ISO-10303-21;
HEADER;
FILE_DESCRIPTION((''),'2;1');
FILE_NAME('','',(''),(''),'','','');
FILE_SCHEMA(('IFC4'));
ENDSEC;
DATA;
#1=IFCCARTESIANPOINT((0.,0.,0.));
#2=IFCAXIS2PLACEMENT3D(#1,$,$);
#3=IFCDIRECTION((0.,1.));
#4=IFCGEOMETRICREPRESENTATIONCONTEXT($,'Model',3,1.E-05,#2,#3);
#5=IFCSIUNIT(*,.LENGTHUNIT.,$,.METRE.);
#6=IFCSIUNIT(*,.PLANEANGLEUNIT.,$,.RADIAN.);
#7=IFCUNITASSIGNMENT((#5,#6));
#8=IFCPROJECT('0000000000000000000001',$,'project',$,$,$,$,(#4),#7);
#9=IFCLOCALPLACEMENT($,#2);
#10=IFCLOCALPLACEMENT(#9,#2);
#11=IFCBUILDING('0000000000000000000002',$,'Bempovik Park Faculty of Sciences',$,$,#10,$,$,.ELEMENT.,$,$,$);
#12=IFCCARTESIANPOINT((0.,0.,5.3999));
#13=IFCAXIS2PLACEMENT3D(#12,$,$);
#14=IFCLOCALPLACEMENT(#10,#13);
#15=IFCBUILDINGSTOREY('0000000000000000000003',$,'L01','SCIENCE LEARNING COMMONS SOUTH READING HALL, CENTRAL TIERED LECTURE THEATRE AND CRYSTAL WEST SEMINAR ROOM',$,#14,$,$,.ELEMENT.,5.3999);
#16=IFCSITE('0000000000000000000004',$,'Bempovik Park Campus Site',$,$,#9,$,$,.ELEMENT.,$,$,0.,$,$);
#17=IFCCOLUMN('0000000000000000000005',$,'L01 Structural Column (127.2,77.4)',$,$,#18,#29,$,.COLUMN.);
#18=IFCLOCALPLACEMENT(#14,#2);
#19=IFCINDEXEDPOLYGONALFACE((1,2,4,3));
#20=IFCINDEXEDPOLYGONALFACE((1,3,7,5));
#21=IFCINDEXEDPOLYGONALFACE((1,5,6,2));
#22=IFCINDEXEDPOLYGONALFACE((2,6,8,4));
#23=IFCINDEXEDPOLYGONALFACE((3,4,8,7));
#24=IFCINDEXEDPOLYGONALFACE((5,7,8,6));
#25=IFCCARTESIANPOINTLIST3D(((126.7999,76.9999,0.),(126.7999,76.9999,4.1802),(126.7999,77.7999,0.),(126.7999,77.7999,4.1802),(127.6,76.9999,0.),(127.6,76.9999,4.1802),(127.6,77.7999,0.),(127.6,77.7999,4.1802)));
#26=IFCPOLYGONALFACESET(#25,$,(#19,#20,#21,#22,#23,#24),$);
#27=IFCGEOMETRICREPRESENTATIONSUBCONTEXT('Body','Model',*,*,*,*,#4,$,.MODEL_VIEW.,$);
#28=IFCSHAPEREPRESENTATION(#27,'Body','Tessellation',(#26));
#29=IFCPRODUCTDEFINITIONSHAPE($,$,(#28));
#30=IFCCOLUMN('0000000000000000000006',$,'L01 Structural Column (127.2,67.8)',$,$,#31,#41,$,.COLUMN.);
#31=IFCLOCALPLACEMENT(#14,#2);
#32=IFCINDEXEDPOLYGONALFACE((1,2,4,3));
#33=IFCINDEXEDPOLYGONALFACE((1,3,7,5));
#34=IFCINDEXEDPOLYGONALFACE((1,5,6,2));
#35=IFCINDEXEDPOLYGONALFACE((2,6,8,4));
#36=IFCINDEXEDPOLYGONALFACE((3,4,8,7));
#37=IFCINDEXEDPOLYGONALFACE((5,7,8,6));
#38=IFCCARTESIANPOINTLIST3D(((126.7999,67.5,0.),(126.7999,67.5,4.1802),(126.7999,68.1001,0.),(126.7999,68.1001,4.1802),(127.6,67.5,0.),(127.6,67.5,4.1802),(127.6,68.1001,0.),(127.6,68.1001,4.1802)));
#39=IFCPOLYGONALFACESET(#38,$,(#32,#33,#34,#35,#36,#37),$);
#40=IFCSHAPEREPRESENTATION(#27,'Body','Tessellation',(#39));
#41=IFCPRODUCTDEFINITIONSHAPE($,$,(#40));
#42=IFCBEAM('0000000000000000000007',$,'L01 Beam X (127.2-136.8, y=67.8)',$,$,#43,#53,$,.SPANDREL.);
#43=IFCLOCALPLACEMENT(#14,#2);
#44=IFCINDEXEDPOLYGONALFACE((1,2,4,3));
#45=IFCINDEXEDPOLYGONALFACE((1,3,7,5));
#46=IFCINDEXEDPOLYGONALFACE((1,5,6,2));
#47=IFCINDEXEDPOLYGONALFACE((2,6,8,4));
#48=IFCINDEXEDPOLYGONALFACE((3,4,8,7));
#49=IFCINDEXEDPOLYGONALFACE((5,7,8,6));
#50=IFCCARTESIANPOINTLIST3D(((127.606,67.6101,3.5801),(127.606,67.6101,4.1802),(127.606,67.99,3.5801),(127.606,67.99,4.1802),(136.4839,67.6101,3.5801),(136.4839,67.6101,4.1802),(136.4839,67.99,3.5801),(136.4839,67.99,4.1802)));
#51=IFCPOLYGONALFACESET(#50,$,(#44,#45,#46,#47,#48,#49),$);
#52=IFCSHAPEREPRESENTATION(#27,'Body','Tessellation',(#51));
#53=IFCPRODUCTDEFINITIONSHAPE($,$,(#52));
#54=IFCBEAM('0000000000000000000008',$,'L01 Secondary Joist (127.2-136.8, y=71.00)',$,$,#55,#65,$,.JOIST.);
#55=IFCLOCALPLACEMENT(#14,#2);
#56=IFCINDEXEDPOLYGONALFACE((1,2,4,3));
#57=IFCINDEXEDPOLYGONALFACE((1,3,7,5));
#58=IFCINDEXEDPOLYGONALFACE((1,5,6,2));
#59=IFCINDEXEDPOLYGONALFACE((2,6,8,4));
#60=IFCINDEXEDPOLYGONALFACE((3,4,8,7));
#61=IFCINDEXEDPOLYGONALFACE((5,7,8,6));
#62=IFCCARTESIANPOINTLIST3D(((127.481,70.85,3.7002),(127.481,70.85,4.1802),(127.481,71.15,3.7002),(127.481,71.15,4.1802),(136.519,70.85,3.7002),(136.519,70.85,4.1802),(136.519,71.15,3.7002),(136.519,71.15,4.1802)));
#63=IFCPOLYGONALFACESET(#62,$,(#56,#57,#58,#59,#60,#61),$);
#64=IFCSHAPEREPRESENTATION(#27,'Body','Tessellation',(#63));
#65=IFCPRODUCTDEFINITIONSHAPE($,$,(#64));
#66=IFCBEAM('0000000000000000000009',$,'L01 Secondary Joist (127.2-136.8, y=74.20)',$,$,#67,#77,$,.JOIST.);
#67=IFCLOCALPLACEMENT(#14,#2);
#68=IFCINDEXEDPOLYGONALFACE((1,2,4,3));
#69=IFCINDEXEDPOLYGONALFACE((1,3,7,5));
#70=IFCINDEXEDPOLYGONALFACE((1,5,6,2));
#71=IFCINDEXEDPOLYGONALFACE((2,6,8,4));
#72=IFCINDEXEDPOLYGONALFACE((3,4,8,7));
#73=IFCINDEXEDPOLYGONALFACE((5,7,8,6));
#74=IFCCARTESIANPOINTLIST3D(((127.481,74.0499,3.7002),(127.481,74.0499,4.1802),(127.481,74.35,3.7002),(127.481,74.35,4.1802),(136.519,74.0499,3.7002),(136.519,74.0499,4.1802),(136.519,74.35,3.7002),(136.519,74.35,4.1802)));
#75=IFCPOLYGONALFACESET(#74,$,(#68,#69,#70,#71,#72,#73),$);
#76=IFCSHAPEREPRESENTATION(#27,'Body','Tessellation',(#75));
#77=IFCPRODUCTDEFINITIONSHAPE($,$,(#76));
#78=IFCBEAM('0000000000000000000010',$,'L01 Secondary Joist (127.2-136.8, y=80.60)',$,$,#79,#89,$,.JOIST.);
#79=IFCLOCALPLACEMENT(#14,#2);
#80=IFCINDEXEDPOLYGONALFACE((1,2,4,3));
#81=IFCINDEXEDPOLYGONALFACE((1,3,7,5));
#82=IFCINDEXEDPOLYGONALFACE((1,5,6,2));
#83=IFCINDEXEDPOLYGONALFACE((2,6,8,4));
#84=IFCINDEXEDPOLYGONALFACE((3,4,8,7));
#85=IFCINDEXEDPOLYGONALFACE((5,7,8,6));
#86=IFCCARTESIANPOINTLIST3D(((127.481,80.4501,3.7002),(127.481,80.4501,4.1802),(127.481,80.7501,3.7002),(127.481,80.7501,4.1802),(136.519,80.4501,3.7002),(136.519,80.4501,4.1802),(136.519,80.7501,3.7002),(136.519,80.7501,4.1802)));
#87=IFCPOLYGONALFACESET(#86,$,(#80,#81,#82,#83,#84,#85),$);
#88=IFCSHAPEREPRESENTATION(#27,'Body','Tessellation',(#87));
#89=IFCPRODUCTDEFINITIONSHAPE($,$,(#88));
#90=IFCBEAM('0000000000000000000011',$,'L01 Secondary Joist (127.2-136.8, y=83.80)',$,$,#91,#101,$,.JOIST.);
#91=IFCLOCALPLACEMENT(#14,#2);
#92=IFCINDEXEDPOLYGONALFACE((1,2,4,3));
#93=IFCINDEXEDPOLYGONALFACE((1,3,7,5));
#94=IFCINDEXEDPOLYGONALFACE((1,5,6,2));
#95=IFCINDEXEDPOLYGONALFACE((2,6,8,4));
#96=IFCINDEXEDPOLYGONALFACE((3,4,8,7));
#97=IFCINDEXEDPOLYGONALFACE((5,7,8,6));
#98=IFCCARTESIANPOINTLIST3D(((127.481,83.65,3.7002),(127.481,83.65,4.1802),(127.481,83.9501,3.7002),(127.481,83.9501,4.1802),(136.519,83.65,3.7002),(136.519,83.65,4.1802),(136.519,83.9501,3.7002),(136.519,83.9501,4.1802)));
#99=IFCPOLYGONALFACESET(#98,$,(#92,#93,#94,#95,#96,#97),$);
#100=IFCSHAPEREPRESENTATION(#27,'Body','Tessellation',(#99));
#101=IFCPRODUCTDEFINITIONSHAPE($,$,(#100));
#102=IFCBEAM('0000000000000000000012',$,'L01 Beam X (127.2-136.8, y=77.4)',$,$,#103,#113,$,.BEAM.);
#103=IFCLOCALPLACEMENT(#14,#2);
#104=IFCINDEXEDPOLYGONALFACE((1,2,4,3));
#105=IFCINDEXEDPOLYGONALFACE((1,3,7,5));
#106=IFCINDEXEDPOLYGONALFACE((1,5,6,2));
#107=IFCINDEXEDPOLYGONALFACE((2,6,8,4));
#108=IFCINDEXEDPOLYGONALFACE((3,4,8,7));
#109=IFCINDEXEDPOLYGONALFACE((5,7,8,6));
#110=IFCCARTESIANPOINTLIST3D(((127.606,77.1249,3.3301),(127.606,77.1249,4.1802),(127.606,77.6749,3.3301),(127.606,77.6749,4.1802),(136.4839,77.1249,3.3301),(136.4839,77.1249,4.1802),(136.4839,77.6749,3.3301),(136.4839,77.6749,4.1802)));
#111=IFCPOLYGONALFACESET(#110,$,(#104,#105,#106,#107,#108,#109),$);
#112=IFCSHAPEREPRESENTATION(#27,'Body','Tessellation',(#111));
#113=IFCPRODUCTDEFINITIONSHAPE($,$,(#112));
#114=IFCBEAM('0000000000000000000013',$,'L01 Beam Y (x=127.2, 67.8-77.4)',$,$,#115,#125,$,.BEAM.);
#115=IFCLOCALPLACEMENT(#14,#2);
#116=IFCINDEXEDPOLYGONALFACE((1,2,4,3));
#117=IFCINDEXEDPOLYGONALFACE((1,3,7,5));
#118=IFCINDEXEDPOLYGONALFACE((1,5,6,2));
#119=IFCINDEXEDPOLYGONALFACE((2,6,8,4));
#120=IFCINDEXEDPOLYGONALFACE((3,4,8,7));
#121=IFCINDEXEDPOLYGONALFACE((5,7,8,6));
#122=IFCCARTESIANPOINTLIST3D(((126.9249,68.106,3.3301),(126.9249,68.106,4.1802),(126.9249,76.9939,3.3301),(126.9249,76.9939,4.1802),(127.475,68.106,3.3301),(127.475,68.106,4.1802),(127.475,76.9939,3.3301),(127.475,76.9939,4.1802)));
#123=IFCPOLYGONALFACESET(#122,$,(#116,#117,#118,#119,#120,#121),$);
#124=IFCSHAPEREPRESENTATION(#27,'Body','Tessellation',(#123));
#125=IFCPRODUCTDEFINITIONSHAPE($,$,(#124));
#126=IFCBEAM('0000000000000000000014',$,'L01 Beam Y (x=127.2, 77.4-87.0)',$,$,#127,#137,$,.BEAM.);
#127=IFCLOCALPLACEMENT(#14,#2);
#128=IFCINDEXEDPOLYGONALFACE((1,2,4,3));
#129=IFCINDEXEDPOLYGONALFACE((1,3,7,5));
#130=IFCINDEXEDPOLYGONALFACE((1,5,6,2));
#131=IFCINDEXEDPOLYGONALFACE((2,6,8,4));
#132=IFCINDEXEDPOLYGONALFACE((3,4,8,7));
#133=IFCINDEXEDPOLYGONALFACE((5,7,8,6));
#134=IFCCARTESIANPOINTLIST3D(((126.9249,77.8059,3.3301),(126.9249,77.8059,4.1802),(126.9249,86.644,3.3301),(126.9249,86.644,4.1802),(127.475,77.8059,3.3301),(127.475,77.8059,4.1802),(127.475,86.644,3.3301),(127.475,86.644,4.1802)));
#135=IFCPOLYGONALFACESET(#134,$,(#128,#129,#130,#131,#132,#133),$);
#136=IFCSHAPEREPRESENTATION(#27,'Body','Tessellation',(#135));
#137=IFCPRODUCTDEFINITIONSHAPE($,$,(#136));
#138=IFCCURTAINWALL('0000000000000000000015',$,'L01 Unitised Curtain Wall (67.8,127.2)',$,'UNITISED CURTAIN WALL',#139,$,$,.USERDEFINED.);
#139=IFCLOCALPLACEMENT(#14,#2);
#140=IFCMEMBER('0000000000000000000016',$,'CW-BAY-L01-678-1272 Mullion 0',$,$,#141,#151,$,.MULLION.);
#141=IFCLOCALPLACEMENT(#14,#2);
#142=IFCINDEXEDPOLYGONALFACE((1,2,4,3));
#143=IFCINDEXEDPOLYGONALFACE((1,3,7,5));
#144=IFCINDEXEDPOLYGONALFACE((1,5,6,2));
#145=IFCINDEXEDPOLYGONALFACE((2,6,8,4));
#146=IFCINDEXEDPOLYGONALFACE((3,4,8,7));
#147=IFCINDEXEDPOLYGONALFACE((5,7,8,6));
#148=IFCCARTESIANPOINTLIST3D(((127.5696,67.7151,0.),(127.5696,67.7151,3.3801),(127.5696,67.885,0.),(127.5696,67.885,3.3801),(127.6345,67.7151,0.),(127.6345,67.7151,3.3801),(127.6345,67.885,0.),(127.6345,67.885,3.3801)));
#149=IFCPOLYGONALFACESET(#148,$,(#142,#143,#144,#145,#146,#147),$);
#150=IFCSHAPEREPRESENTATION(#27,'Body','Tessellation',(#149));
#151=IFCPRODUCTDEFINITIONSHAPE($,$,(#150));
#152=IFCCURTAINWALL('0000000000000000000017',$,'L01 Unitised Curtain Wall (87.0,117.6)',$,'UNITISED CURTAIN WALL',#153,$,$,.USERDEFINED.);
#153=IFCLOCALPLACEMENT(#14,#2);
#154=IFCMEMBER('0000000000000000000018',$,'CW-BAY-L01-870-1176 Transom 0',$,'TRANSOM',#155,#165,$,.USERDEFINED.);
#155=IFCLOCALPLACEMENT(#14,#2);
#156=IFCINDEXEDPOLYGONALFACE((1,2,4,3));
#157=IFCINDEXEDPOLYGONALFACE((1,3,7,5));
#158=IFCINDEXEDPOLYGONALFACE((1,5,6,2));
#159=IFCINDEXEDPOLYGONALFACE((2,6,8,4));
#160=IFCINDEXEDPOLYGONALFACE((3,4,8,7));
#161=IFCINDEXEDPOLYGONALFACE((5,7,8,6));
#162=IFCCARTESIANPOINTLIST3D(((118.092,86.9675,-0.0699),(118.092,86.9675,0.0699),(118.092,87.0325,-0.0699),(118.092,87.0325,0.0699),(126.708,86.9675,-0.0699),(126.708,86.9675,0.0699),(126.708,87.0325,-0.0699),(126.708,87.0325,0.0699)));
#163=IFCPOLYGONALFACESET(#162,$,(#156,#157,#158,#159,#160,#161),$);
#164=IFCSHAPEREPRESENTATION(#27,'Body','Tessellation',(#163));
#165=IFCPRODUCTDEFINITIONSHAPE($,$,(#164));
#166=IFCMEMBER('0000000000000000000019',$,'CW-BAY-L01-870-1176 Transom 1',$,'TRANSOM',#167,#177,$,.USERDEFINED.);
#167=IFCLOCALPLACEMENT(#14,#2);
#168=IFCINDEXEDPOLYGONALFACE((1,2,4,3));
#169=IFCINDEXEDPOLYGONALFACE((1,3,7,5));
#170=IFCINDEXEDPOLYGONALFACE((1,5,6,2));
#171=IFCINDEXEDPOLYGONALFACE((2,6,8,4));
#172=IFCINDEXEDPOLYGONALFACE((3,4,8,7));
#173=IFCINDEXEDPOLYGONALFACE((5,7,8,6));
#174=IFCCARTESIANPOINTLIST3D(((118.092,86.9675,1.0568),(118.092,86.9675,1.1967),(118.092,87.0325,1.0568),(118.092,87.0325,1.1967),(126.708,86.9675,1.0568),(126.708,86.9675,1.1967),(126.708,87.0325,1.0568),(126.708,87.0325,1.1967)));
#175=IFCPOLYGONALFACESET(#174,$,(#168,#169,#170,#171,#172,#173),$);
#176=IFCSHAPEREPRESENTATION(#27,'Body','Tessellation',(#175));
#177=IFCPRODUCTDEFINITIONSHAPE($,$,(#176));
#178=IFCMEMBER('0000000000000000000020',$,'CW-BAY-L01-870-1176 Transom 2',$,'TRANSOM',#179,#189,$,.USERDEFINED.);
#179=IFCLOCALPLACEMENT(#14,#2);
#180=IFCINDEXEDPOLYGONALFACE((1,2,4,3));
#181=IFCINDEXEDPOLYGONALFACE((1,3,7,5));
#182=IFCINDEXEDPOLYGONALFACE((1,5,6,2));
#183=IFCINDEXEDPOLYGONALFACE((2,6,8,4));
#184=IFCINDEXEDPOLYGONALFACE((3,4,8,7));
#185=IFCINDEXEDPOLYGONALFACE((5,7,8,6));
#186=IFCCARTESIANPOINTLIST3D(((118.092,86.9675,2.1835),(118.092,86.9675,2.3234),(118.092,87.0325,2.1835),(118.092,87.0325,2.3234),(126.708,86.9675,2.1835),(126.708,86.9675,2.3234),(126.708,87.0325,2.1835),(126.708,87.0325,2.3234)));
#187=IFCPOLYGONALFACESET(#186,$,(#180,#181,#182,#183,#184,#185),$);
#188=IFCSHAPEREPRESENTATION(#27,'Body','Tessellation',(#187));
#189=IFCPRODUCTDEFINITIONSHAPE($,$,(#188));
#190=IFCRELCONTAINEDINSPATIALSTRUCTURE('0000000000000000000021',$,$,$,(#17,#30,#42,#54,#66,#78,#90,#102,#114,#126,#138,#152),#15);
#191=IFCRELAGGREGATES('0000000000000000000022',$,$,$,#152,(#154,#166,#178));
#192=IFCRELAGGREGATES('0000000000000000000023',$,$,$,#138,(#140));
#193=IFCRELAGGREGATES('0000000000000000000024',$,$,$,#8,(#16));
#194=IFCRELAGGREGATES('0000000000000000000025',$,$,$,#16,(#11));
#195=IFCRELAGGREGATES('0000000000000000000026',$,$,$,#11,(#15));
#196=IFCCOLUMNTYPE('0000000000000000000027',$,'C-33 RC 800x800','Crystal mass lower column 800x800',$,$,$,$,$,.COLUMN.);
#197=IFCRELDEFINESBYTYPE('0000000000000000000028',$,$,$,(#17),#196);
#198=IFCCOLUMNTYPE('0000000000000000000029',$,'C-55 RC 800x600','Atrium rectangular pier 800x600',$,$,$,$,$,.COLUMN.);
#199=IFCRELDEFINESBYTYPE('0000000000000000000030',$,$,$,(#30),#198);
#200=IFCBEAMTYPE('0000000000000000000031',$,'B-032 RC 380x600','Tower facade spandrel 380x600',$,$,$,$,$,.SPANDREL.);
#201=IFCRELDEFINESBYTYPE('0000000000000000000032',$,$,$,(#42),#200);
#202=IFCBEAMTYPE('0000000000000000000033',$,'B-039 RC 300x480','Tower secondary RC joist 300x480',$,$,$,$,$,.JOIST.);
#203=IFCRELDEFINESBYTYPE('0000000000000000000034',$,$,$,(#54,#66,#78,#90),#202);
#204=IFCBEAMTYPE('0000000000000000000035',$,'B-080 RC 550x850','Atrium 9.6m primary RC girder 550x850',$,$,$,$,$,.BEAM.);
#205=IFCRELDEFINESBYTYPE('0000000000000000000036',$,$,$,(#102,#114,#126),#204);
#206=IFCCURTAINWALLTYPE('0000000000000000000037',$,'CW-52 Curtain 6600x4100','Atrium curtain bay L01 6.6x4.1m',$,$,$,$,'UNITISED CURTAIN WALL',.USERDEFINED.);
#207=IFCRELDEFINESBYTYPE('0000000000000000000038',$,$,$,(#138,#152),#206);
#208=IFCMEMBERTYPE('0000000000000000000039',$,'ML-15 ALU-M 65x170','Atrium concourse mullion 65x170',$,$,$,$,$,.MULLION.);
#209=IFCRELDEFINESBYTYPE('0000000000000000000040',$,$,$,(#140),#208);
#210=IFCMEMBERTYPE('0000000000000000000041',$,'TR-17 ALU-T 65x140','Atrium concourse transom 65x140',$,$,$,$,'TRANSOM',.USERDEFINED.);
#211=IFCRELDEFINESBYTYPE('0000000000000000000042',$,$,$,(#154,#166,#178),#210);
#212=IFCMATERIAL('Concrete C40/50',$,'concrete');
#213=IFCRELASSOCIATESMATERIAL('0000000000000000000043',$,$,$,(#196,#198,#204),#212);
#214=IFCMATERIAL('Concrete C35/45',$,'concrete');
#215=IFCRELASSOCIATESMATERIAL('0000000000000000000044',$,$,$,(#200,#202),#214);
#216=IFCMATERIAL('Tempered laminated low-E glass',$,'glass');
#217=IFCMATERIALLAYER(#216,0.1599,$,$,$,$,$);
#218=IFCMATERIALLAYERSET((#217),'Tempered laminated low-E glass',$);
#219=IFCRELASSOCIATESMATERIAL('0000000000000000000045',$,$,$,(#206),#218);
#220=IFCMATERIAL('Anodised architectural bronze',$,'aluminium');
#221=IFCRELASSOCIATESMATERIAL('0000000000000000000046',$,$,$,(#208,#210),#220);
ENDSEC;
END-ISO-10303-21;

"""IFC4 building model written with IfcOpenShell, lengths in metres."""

from ifc_helpers import new_model, si_unit, direction, frame, origin, origin_2d, place, context, subcontext, project, spatial, rectangle, extrude, material, layer, layer_set, material_profile, profile_set, type_object, element, aggregate, save


model = new_model("IFC4")

# Units and contexts
model_context = context("Model", 3, precision=1e-05, world=origin(), true_north=direction((0.0, 1.0)))
body_context = subcontext(model_context, "Body", "Model", "MODEL_VIEW")
ifc_project = project(units=[si_unit("LENGTHUNIT", "METRE"), si_unit("PLANEANGLEUNIT", "RADIAN")], contexts=[model_context])

# Site, building, storey
site_placement = place(None, origin())
site = spatial("IfcSite", under=ifc_project, at=site_placement, Name="Bempovik Park Campus Site", CompositionType="ELEMENT", RefElevation=0.0)
building_placement = place(site_placement, origin())
building = spatial("IfcBuilding", under=site, at=building_placement, Name="Bempovik Park Faculty of Sciences", CompositionType="ELEMENT")
storey_placement = place(building_placement, frame((0.0, 0.0, 5.3999)))
storey = spatial("IfcBuildingStorey", under=building, at=storey_placement, Name="L01", Description="SCIENCE LEARNING COMMONS SOUTH READING HALL, CENTRAL TIERED LECTURE THEATRE AND CRYSTAL WEST SEMINAR ROOM", CompositionType="ELEMENT", Elevation=5.3999)

# Columns
ifc_material_1 = material(Name="Concrete C40/50", Category="concrete")
ifc_material_profile_1 = material_profile(ifc_material_1, rectangle(XDim=0.8, YDim=0.8, at=origin_2d()), Name="RC 800x800")
ifc_profile_set_1 = profile_set([ifc_material_profile_1], Name="Concrete C40/50")
column_type_1 = type_object("IfcColumnType", Name="C-33 RC 800x800", Description="Crystal mass lower column 800x800", PredefinedType="COLUMN", material=ifc_profile_set_1)
column_1_placement = place(storey_placement, frame((127.2, 77.3999, 0.0), z_axis=(0.0, 0.0, 1.0), x_axis=(1.0, 0.0, 0.0)))
element("IfcColumn", 1, at=column_1_placement, inside=storey, type_object=column_type_1, Name="L01 Structural Column (127.2,77.4)", PredefinedType="COLUMN", context=body_context, shape_type="SweptSolid", body=[
    extrude(rectangle(XDim=0.8, YDim=0.8, at=origin_2d()), origin(), (0.0, 0.0, 1.0), 4.1802),
])
ifc_material_profile_2 = material_profile(ifc_material_1, rectangle(XDim=0.8, YDim=0.6001, at=origin_2d()), Name="RC 800x600")
ifc_profile_set_2 = profile_set([ifc_material_profile_2], Name="Concrete C40/50")
column_type_2 = type_object("IfcColumnType", Name="C-55 RC 800x600", Description="Atrium rectangular pier 800x600", PredefinedType="COLUMN", material=ifc_profile_set_2)
column_2_placement = place(storey_placement, frame((127.2, 67.8, 0.0), z_axis=(0.0, 0.0, 1.0), x_axis=(1.0, 0.0, 0.0)))
element("IfcColumn", 2, at=column_2_placement, inside=storey, type_object=column_type_2, Name="L01 Structural Column (127.2,67.8)", PredefinedType="COLUMN", context=body_context, shape_type="SweptSolid", body=[
    extrude(rectangle(XDim=0.8, YDim=0.6001, at=origin_2d()), origin(), (0.0, 0.0, 1.0), 4.1802),
])

# Beams
ifc_material_2 = material(Name="Concrete C35/45", Category="concrete")
ifc_material_profile_3 = material_profile(ifc_material_2, rectangle(XDim=0.3799, YDim=0.6001, at=origin_2d()), Name="RC 380x600")
ifc_profile_set_3 = profile_set([ifc_material_profile_3], Name="Concrete C35/45")
beam_type_1 = type_object("IfcBeamType", Name="B-032 RC 380x600", Description="Tower facade spandrel 380x600", PredefinedType="SPANDREL", material=ifc_profile_set_3)
beam_1_placement = place(storey_placement, frame((127.606, 67.8, 3.8801), z_axis=(1.0, 0.0, 0.0), x_axis=(0.0, 1.0, 0.0)))
element("IfcBeam", 3, at=beam_1_placement, inside=storey, type_object=beam_type_1, Name="L01 Beam X (127.2-136.8, y=67.8)", PredefinedType="SPANDREL", context=body_context, shape_type="SweptSolid", body=[
    extrude(rectangle(XDim=0.3799, YDim=0.6001, at=origin_2d()), origin(), (0.0, 0.0, 1.0), 8.8779),
])
ifc_material_profile_4 = material_profile(ifc_material_2, rectangle(XDim=0.3, YDim=0.48, at=origin_2d()), Name="RC 300x480")
ifc_profile_set_4 = profile_set([ifc_material_profile_4], Name="Concrete C35/45")
beam_type_2 = type_object("IfcBeamType", Name="B-039 RC 300x480", Description="Tower secondary RC joist 300x480", PredefinedType="JOIST", material=ifc_profile_set_4)
for number, where, z_axis, x_axis, name in (
    (4, (127.481, 71.0, 3.9402), (1.0, 0.0, 0.0), (0.0, 1.0, 0.0), "L01 Secondary Joist (127.2-136.8, y=71.00)"),
    (5, (127.481, 74.2, 3.9402), (1.0, 0.0, 0.0), (0.0, 1.0, 0.0), "L01 Secondary Joist (127.2-136.8, y=74.20)"),
    (6, (127.481, 80.6001, 3.9402), (1.0, 0.0, 0.0), (0.0, 1.0, 0.0), "L01 Secondary Joist (127.2-136.8, y=80.60)"),
    (7, (127.481, 83.8, 3.9402), (1.0, 0.0, 0.0), (0.0, 1.0, 0.0), "L01 Secondary Joist (127.2-136.8, y=83.80)"),
):
    element("IfcBeam", number, at=place(storey_placement, frame(where, z_axis=z_axis, x_axis=x_axis)), inside=storey, type_object=beam_type_2, Name=name, PredefinedType="JOIST", context=body_context, shape_type="SweptSolid", body=[
        extrude(rectangle(XDim=0.3, YDim=0.48, at=origin_2d()), origin(), (0.0, 0.0, 1.0), 9.0381),
    ])
ifc_material_profile_5 = material_profile(ifc_material_1, rectangle(XDim=0.55, YDim=0.8501, at=origin_2d()), Name="RC 550x850")
ifc_profile_set_5 = profile_set([ifc_material_profile_5], Name="Concrete C40/50")
beam_type_3 = type_object("IfcBeamType", Name="B-080 RC 550x850", Description="Atrium 9.6m primary RC girder 550x850", PredefinedType="BEAM", material=ifc_profile_set_5)
beam_2_placement = place(storey_placement, frame((127.606, 77.3999, 3.7551), z_axis=(1.0, 0.0, 0.0), x_axis=(0.0, 1.0, 0.0)))
element("IfcBeam", 8, at=beam_2_placement, inside=storey, type_object=beam_type_3, Name="L01 Beam X (127.2-136.8, y=77.4)", PredefinedType="BEAM", context=body_context, shape_type="SweptSolid", body=[
    extrude(rectangle(XDim=0.55, YDim=0.8501, at=origin_2d()), origin(), (0.0, 0.0, 1.0), 8.8779),
])
beam_3_placement = place(storey_placement, frame((127.2, 68.106, 3.7551), z_axis=(0.0, 1.0, 0.0), x_axis=(-1.0, 0.0, 0.0)))
element("IfcBeam", 9, at=beam_3_placement, inside=storey, type_object=beam_type_3, Name="L01 Beam Y (x=127.2, 67.8-77.4)", PredefinedType="BEAM", context=body_context, shape_type="SweptSolid", body=[
    extrude(rectangle(XDim=0.55, YDim=0.8501, at=origin_2d()), origin(), (0.0, 0.0, 1.0), 8.8879),
])
beam_4_placement = place(storey_placement, frame((127.2, 77.8059, 3.7551), z_axis=(0.0, 1.0, 0.0), x_axis=(-1.0, 0.0, 0.0)))
element("IfcBeam", 10, at=beam_4_placement, inside=storey, type_object=beam_type_3, Name="L01 Beam Y (x=127.2, 77.4-87.0)", PredefinedType="BEAM", context=body_context, shape_type="SweptSolid", body=[
    extrude(rectangle(XDim=0.55, YDim=0.8501, at=origin_2d()), origin(), (0.0, 0.0, 1.0), 8.8381),
])

# Curtain wall, member
ifc_material_3 = material(Name="Tempered laminated low-E glass", Category="glass")
ifc_layer_1 = layer(ifc_material_3, 0.1599)
ifc_layer_set_1 = layer_set([ifc_layer_1], Name="Tempered laminated low-E glass")
curtain_wall_type = type_object("IfcCurtainWallType", Name="CW-52 Curtain 6600x4100", Description="Atrium curtain bay L01 6.6x4.1m", ElementType="UNITISED CURTAIN WALL", PredefinedType="USERDEFINED", material=ifc_layer_set_1)
curtain_wall_1_placement = place(storey_placement, origin())
curtain_wall_1 = element("IfcCurtainWall", 11, at=curtain_wall_1_placement, inside=storey, type_object=curtain_wall_type, Name="L01 Unitised Curtain Wall (67.8,127.2)", ObjectType="UNITISED CURTAIN WALL", PredefinedType="USERDEFINED")
ifc_material_4 = material(Name="Anodised architectural bronze", Category="aluminium")
ifc_material_profile_6 = material_profile(ifc_material_4, rectangle(XDim=0.0649, YDim=0.1699, at=origin_2d()), Name="ALU-M 65x170")
ifc_profile_set_6 = profile_set([ifc_material_profile_6], Name="Anodised architectural bronze")
member_type_1 = type_object("IfcMemberType", Name="ML-15 ALU-M 65x170", Description="Atrium concourse mullion 65x170", PredefinedType="MULLION", material=ifc_profile_set_6)
member_1_placement = place(storey_placement, frame((127.6021, 67.8, 0.0), z_axis=(0.0, 0.0, 1.0), x_axis=(1.0, 0.0, 0.0)))
member_1 = element("IfcMember", 12, at=member_1_placement, type_object=member_type_1, Name="CW-BAY-L01-678-1272 Mullion 0", PredefinedType="MULLION", context=body_context, shape_type="SweptSolid", body=[
    extrude(rectangle(XDim=0.0649, YDim=0.1699, at=origin_2d()), origin(), (0.0, 0.0, 1.0), 3.3801),
])

# Curtain wall, members
curtain_wall_2_placement = place(storey_placement, origin())
curtain_wall_2 = element("IfcCurtainWall", 13, at=curtain_wall_2_placement, inside=storey, type_object=curtain_wall_type, Name="L01 Unitised Curtain Wall (87.0,117.6)", ObjectType="UNITISED CURTAIN WALL", PredefinedType="USERDEFINED")
ifc_material_profile_7 = material_profile(ifc_material_4, rectangle(XDim=0.0649, YDim=0.1399, at=origin_2d()), Name="ALU-T 65x140")
ifc_profile_set_7 = profile_set([ifc_material_profile_7], Name="Anodised architectural bronze")
member_type_2 = type_object("IfcMemberType", Name="TR-17 ALU-T 65x140", Description="Atrium concourse transom 65x140", ElementType="TRANSOM", PredefinedType="USERDEFINED", material=ifc_profile_set_7)
member_2_placement = place(storey_placement, frame((118.092, 87.0, 0.0), z_axis=(1.0, 0.0, 0.0), x_axis=(0.0, 1.0, 0.0)))
member_2 = element("IfcMember", 14, at=member_2_placement, type_object=member_type_2, Name="CW-BAY-L01-870-1176 Transom 0", ObjectType="TRANSOM", PredefinedType="USERDEFINED", context=body_context, shape_type="SweptSolid", body=[
    extrude(rectangle(XDim=0.0649, YDim=0.1399, at=origin_2d()), origin(), (0.0, 0.0, 1.0), 8.616),
])
member_3_placement = place(storey_placement, frame((118.092, 87.0, 1.1267), z_axis=(1.0, 0.0, 0.0), x_axis=(0.0, 1.0, 0.0)))
member_3 = element("IfcMember", 15, at=member_3_placement, type_object=member_type_2, Name="CW-BAY-L01-870-1176 Transom 1", ObjectType="TRANSOM", PredefinedType="USERDEFINED", context=body_context, shape_type="SweptSolid", body=[
    extrude(rectangle(XDim=0.0649, YDim=0.1399, at=origin_2d()), origin(), (0.0, 0.0, 1.0), 8.616),
])
member_4_placement = place(storey_placement, frame((118.092, 87.0, 2.2534), z_axis=(1.0, 0.0, 0.0), x_axis=(0.0, 1.0, 0.0)))
member_4 = element("IfcMember", 16, at=member_4_placement, type_object=member_type_2, Name="CW-BAY-L01-870-1176 Transom 2", ObjectType="TRANSOM", PredefinedType="USERDEFINED", context=body_context, shape_type="SweptSolid", body=[
    extrude(rectangle(XDim=0.0649, YDim=0.1399, at=origin_2d()), origin(), (0.0, 0.0, 1.0), 8.616),
])

aggregate(curtain_wall_2, [member_2, member_3, member_4])
aggregate(curtain_wall_1, [member_1])

save(model, "model.ifc")
